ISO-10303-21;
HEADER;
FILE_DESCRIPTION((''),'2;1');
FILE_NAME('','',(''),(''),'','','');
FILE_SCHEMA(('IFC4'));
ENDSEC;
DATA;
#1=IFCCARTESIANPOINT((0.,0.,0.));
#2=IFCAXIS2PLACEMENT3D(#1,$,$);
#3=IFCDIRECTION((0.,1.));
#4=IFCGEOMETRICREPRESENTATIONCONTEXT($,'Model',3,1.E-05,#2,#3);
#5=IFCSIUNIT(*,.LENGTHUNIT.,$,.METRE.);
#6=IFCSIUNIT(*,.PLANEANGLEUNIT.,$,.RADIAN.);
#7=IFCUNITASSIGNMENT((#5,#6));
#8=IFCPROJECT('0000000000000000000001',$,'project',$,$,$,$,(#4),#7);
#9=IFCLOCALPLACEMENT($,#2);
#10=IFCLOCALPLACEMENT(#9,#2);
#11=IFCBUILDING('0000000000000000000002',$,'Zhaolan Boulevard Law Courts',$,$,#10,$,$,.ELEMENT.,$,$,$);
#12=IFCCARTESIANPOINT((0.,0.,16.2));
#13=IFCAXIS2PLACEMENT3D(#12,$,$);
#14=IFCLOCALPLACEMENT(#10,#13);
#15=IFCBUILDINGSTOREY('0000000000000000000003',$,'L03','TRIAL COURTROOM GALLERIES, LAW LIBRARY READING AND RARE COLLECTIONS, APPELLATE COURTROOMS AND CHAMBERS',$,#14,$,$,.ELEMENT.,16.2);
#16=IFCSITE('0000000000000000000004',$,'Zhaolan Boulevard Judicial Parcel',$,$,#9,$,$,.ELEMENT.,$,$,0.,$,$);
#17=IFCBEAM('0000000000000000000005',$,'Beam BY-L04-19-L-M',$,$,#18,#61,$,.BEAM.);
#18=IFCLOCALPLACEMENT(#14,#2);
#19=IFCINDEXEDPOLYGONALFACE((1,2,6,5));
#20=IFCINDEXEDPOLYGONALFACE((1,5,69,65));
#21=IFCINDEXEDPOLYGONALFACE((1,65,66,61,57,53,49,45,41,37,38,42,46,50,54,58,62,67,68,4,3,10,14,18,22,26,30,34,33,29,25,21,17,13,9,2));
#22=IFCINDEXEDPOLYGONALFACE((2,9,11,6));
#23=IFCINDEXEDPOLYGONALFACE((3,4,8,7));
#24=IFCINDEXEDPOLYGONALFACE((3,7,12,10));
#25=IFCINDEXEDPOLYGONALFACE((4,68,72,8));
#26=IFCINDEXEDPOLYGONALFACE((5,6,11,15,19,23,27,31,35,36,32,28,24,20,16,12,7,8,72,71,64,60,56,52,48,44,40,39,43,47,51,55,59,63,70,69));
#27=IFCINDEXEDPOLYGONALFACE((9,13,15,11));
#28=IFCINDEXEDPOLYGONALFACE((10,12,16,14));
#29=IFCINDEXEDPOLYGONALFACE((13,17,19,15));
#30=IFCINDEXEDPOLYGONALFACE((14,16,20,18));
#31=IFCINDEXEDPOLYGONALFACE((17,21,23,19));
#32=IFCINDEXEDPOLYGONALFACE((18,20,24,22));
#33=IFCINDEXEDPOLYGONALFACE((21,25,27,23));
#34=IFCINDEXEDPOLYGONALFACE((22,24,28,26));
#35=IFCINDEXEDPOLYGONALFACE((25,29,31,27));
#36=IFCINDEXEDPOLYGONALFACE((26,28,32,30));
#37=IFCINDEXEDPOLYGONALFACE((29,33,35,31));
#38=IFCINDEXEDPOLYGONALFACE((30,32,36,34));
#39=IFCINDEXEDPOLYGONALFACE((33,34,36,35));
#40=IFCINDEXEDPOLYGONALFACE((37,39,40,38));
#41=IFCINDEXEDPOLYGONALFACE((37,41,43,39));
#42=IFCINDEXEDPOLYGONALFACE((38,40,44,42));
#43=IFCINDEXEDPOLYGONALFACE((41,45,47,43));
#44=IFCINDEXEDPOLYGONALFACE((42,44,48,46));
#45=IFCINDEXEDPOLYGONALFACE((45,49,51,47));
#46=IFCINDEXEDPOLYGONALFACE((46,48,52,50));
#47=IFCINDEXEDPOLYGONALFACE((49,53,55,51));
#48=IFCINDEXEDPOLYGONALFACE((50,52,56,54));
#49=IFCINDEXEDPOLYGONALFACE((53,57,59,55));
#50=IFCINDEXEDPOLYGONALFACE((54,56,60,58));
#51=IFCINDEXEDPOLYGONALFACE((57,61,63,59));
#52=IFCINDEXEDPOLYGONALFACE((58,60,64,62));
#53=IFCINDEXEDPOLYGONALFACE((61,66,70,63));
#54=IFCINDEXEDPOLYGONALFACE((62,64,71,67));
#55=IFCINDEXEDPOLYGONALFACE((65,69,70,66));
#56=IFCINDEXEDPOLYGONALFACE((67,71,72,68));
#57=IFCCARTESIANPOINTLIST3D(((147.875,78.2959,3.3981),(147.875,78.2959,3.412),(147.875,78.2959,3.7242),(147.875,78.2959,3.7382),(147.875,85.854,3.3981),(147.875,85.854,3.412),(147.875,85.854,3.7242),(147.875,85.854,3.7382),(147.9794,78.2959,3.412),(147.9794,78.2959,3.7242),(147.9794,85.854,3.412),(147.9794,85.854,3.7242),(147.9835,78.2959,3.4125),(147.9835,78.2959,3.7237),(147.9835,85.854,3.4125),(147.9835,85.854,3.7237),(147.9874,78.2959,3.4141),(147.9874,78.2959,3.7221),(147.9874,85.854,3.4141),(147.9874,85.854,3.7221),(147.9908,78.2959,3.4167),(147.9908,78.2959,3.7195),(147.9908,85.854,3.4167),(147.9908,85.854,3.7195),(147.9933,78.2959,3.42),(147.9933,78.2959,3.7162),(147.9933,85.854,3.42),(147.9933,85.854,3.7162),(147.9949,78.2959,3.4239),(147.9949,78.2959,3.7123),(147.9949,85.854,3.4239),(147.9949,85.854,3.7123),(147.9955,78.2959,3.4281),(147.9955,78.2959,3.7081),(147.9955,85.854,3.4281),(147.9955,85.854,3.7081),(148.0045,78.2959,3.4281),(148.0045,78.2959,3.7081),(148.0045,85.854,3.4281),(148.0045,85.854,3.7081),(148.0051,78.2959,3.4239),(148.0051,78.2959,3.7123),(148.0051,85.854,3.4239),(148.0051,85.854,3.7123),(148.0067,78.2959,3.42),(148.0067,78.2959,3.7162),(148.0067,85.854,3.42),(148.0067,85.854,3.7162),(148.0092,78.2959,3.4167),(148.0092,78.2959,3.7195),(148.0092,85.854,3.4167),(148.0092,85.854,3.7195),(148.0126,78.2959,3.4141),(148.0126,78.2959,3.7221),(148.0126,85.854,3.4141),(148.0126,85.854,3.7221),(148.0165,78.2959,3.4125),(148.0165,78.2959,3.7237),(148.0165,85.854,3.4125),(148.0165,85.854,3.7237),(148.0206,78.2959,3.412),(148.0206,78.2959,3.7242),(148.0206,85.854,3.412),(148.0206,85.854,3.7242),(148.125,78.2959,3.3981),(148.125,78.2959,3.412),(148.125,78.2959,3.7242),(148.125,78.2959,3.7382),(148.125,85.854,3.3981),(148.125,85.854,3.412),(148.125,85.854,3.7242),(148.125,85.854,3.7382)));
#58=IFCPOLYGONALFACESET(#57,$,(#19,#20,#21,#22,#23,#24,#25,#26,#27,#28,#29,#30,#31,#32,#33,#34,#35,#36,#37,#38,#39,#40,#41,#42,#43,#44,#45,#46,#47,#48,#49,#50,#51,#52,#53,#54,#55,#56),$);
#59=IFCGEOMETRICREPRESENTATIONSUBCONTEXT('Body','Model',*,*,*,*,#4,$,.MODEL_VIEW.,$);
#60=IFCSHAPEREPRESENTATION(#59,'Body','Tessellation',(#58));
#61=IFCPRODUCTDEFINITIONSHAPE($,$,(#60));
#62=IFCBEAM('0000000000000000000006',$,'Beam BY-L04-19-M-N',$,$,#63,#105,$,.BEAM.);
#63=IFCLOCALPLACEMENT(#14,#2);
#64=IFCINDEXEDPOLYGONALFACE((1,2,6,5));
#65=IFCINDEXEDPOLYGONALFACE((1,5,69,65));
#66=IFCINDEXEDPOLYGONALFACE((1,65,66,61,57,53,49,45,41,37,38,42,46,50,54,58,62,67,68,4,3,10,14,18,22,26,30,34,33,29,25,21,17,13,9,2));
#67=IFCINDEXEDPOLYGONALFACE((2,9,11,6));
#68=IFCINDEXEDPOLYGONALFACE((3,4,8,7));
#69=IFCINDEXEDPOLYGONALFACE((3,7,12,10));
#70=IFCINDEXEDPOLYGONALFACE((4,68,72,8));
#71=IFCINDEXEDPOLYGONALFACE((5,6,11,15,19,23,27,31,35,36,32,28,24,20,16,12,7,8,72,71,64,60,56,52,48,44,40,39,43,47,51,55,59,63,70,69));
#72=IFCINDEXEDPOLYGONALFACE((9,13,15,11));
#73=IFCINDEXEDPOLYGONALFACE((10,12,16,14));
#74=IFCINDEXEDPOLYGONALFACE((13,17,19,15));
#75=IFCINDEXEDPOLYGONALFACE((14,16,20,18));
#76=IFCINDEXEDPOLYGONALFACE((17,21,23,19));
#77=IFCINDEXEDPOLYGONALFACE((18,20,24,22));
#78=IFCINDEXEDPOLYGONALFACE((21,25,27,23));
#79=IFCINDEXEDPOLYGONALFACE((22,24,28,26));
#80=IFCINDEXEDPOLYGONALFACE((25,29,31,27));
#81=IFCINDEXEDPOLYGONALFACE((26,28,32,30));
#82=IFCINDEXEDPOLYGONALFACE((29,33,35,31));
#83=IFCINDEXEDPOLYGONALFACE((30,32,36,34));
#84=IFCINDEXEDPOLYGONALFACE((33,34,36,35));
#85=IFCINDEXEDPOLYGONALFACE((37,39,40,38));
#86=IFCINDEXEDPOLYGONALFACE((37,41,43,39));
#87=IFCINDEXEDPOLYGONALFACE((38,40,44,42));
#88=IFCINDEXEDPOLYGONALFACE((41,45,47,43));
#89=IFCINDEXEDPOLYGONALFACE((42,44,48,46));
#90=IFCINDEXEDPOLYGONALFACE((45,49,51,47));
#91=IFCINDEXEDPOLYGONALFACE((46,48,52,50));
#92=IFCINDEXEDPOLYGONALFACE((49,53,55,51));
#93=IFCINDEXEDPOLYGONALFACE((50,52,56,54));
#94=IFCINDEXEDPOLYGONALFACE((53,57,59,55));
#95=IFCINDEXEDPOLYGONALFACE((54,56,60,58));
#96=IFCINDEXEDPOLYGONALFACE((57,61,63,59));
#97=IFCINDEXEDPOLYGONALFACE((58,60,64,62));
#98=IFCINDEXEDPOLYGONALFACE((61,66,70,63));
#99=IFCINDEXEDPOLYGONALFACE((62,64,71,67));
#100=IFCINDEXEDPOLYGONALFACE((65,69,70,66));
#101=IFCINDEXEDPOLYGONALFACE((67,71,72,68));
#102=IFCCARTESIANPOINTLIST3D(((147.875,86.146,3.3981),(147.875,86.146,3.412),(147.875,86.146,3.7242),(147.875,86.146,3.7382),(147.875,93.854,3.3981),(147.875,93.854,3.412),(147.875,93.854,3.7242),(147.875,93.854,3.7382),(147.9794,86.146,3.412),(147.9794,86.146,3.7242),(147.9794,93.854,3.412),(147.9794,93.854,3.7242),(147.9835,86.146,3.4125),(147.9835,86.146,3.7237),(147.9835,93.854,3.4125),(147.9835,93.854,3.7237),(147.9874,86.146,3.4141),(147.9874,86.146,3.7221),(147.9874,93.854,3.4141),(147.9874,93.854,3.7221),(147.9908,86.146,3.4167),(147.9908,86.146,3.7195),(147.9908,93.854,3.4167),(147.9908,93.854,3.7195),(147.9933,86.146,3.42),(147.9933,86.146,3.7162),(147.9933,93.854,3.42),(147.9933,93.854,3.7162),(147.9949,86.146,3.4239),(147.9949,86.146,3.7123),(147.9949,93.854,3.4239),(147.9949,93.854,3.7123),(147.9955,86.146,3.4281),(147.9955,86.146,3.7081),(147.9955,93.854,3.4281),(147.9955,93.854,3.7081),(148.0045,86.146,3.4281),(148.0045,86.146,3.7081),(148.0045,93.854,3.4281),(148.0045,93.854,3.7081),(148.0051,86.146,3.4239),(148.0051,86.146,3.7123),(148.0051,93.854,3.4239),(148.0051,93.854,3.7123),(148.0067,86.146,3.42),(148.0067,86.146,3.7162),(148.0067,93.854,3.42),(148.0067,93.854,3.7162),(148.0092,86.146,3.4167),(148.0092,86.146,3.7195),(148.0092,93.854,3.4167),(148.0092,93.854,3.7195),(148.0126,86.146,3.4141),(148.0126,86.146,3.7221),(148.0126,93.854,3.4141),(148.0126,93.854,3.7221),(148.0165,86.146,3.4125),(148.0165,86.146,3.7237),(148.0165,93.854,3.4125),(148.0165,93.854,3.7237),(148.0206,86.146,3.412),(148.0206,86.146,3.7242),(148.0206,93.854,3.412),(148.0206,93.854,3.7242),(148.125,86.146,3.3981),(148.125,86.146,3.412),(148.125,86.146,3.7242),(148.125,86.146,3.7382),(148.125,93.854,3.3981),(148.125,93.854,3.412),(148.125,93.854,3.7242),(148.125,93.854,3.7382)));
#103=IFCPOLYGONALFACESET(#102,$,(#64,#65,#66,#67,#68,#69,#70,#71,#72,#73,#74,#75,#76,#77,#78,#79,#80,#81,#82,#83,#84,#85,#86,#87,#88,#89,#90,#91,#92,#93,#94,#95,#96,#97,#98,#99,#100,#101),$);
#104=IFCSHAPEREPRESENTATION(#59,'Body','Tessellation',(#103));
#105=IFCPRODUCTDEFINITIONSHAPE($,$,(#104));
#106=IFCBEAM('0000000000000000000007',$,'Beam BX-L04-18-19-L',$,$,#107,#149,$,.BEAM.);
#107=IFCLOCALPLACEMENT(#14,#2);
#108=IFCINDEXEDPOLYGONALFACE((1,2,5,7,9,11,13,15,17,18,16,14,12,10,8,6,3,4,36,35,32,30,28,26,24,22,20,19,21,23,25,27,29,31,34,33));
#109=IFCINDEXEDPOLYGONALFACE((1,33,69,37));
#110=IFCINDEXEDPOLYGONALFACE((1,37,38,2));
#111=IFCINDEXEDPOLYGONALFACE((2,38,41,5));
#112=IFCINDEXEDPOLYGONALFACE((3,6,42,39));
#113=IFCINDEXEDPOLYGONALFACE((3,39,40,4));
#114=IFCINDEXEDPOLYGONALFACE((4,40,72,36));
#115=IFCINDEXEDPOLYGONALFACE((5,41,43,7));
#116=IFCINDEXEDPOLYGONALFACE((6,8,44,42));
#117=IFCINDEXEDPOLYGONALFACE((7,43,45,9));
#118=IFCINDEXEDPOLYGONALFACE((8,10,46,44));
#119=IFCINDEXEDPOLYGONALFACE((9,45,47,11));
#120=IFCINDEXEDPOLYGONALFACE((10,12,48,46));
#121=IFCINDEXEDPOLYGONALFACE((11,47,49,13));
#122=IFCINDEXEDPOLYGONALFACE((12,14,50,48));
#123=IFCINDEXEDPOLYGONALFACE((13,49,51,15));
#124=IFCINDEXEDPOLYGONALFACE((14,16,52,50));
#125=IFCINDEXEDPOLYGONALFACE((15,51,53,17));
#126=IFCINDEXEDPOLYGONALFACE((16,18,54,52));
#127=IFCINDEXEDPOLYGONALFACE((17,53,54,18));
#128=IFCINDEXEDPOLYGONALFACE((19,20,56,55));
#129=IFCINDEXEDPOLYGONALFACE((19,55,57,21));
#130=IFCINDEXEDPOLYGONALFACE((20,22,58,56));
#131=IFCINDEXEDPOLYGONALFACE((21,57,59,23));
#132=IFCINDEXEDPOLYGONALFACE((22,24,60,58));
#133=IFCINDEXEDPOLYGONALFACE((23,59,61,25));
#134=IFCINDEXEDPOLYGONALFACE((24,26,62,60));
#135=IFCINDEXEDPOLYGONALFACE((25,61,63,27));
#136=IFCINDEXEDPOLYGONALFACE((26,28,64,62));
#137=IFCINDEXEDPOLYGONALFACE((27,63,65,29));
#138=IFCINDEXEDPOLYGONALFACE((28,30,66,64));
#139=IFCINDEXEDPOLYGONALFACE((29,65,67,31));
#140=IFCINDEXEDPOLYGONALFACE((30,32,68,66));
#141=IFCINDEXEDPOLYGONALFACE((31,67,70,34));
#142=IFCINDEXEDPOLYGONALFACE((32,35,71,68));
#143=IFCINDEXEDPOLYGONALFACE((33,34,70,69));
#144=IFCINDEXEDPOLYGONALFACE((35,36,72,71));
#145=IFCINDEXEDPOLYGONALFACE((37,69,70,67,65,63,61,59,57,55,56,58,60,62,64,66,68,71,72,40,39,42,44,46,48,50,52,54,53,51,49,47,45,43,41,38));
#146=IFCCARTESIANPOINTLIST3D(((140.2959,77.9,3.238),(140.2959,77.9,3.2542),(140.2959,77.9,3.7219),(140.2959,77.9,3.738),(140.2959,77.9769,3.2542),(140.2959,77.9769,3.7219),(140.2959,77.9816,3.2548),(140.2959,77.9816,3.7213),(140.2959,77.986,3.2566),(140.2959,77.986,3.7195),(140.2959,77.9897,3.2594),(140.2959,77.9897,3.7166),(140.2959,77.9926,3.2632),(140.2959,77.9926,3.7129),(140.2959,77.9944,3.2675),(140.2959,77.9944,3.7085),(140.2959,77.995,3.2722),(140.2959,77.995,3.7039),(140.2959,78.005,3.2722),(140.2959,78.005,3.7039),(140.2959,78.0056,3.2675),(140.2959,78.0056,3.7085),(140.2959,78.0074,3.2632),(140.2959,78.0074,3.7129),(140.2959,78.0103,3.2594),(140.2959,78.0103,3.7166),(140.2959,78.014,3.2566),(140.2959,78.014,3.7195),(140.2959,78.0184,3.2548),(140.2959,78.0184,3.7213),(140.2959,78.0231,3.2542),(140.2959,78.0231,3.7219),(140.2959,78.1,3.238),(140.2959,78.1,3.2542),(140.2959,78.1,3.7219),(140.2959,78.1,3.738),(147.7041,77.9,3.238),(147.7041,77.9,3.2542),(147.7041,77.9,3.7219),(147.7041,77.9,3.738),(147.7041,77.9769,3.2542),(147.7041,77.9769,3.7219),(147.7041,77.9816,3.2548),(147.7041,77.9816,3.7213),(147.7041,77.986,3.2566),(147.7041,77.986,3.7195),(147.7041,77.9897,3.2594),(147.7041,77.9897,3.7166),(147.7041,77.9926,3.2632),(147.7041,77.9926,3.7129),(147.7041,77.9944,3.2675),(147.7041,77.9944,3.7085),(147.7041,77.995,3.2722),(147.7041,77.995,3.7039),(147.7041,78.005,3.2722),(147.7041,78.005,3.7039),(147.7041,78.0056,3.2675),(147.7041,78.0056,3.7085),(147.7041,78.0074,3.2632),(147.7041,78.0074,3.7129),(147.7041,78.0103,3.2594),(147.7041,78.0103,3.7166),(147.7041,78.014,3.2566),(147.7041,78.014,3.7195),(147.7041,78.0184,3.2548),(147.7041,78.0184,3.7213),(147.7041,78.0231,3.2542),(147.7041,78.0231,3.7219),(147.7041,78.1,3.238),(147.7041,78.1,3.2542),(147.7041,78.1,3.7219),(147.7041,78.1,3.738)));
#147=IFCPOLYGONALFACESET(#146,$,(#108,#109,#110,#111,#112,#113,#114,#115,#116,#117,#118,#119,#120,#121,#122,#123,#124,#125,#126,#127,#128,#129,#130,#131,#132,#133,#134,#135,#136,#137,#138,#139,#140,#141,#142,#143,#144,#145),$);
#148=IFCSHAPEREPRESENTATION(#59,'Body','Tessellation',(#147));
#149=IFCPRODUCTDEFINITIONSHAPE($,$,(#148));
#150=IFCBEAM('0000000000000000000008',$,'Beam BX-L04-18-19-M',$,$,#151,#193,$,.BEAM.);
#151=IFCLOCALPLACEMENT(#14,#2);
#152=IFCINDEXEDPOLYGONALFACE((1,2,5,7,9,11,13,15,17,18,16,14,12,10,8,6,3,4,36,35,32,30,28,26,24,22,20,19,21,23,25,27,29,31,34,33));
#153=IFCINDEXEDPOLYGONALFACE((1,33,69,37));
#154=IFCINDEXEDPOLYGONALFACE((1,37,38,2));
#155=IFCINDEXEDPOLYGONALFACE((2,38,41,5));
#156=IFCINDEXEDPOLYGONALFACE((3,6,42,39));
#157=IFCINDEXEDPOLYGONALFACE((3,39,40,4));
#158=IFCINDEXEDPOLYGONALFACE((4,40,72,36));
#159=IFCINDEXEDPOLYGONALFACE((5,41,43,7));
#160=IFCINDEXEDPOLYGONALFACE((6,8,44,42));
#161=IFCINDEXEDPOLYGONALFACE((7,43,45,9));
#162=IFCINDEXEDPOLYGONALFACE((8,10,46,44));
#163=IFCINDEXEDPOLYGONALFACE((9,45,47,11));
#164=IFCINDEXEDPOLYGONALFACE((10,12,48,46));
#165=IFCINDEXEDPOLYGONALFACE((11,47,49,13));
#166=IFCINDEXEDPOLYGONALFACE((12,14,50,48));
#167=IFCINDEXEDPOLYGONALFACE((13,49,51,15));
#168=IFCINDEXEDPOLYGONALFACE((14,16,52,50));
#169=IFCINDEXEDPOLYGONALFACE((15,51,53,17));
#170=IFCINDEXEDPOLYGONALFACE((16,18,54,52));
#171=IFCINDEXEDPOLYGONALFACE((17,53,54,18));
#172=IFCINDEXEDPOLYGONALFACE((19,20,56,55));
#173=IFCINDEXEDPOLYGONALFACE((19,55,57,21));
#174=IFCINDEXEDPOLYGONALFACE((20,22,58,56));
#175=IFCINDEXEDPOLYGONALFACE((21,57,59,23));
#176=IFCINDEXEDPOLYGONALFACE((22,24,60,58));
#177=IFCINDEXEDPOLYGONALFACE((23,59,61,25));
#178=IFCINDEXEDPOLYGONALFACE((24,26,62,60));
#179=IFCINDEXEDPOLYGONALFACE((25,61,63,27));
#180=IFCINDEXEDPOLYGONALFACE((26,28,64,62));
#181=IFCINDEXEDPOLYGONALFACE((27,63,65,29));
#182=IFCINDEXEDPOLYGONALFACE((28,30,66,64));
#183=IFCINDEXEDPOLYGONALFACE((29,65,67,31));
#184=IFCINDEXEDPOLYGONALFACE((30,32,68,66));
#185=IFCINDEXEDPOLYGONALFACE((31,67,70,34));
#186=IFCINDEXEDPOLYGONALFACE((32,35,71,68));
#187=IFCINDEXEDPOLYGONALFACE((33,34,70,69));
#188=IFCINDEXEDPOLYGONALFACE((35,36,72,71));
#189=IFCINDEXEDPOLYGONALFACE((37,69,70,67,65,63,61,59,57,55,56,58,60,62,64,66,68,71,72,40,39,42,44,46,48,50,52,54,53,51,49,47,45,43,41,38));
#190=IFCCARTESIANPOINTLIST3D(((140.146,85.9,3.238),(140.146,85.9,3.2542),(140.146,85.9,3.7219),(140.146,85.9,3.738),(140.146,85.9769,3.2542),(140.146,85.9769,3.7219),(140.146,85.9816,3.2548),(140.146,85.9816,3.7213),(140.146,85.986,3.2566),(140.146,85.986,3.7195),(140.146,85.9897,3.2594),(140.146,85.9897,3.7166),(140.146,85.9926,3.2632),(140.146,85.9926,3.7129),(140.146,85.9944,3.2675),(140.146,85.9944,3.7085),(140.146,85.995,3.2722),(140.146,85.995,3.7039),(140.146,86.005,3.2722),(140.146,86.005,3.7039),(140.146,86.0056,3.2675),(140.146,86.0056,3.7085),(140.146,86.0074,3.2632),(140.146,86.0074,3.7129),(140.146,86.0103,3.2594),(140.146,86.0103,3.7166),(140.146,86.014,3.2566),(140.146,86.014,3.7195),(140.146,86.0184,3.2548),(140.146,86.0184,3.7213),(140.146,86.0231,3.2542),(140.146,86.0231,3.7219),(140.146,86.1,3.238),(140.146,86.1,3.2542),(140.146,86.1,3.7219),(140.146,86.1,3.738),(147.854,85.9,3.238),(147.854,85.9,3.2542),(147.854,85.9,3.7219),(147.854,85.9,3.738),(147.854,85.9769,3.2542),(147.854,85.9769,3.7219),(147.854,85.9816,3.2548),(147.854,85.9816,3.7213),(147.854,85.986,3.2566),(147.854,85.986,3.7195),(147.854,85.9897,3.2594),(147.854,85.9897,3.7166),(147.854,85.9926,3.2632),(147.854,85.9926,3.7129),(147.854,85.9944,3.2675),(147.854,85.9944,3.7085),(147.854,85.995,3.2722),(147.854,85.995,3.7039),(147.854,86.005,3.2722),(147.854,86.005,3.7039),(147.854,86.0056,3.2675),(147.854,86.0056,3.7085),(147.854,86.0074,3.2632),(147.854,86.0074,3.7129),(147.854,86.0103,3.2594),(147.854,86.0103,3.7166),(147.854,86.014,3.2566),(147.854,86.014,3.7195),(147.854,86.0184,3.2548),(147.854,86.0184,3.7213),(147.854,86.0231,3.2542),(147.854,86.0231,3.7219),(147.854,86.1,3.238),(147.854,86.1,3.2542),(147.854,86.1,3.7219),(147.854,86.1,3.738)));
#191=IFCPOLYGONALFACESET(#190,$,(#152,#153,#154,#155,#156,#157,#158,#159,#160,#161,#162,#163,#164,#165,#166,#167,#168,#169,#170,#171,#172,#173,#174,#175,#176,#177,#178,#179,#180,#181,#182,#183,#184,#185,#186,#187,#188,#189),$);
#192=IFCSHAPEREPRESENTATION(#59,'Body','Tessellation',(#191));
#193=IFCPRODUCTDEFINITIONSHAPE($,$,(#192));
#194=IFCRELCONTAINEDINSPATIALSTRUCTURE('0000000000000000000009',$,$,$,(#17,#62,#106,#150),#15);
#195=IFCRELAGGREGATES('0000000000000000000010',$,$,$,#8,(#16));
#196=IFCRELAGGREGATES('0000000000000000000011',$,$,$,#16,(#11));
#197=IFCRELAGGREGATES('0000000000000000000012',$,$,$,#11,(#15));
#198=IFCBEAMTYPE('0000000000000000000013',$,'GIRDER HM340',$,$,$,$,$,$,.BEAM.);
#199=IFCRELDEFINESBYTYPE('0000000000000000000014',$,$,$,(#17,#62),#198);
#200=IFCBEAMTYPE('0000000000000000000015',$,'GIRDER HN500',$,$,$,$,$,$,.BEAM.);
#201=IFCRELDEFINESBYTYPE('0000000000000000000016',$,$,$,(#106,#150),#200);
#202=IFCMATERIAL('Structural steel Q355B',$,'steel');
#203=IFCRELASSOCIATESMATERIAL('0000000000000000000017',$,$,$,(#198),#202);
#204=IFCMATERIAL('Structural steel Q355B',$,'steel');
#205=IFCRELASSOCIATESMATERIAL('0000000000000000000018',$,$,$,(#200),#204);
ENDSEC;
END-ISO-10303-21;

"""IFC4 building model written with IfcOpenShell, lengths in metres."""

from ifc_helpers import new_model, si_unit, direction, frame, origin, origin_2d, place, context, subcontext, project, spatial, i_section, extrude, material, material_profile, profile_set, type_object, element, save


model = new_model("IFC4")

# Units and contexts
model_context = context("Model", 3, precision=1e-05, world=origin(), true_north=direction((0.0, 1.0)))
body_context = subcontext(model_context, "Body", "Model", "MODEL_VIEW")
ifc_project = project(units=[si_unit("LENGTHUNIT", "METRE"), si_unit("PLANEANGLEUNIT", "RADIAN")], contexts=[model_context])

# Site, building, storey
site_placement = place(None, origin())
site = spatial("IfcSite", under=ifc_project, at=site_placement, Name="Zhaolan Boulevard Judicial Parcel", CompositionType="ELEMENT", RefElevation=0.0)
building_placement = place(site_placement, origin())
building = spatial("IfcBuilding", under=site, at=building_placement, Name="Zhaolan Boulevard Law Courts", CompositionType="ELEMENT")
storey_placement = place(building_placement, frame((0.0, 0.0, 16.2)))
storey = spatial("IfcBuildingStorey", under=building, at=storey_placement, Name="L03", Description="TRIAL COURTROOM GALLERIES, LAW LIBRARY READING AND RARE COLLECTIONS, APPELLATE COURTROOMS AND CHAMBERS", CompositionType="ELEMENT", Elevation=16.2)

# Beams
ifc_material_1 = material(Name="Structural steel Q355B", Category="steel")
ifc_material_profile_1 = material_profile(ifc_material_1, i_section(OverallWidth=0.25, OverallDepth=0.3401, WebThickness=0.009, FlangeThickness=0.0139, FilletRadius=0.0161, at=origin_2d()), Name="HM340x250")
ifc_profile_set_1 = profile_set([ifc_material_profile_1], Name="Structural steel Q355B")
beam_type_1 = type_object("IfcBeamType", Name="GIRDER HM340", PredefinedType="BEAM", material=ifc_profile_set_1)
beam_1_placement = place(storey_placement, frame((148.0, 78.2959, 3.5681), z_axis=(0.0, 1.0, 0.0), x_axis=(-1.0, 0.0, 0.0)))
element("IfcBeam", 1, at=beam_1_placement, inside=storey, type_object=beam_type_1, Name="Beam BY-L04-19-L-M", PredefinedType="BEAM", context=body_context, shape_type="SweptSolid", body=[
    extrude(i_section(OverallWidth=0.25, OverallDepth=0.3401, WebThickness=0.009, FlangeThickness=0.0139, FilletRadius=0.0161, at=origin_2d()), origin(), (0.0, 0.0, 1.0), 7.5581),
])
beam_2_placement = place(storey_placement, frame((148.0, 86.146, 3.5681), z_axis=(0.0, 1.0, 0.0), x_axis=(-1.0, 0.0, 0.0)))
element("IfcBeam", 2, at=beam_2_placement, inside=storey, type_object=beam_type_1, Name="Beam BY-L04-19-M-N", PredefinedType="BEAM", context=body_context, shape_type="SweptSolid", body=[
    extrude(i_section(OverallWidth=0.25, OverallDepth=0.3401, WebThickness=0.009, FlangeThickness=0.0139, FilletRadius=0.0161, at=origin_2d()), origin(), (0.0, 0.0, 1.0), 7.708),
])
ifc_material_2 = material(Name="Structural steel Q355B", Category="steel")
ifc_material_profile_2 = material_profile(ifc_material_2, i_section(OverallWidth=0.2, OverallDepth=0.5, WebThickness=0.01, FlangeThickness=0.0161, FilletRadius=0.0181, at=origin_2d()), Name="HN500x200")
ifc_profile_set_2 = profile_set([ifc_material_profile_2], Name="Structural steel Q355B")
beam_type_2 = type_object("IfcBeamType", Name="GIRDER HN500", PredefinedType="BEAM", material=ifc_profile_set_2)
beam_3_placement = place(storey_placement, frame((140.2959, 78.0, 3.488), z_axis=(1.0, 0.0, 0.0), x_axis=(0.0, 1.0, 0.0)))
element("IfcBeam", 3, at=beam_3_placement, inside=storey, type_object=beam_type_2, Name="Beam BX-L04-18-19-L", PredefinedType="BEAM", context=body_context, shape_type="SweptSolid", body=[
    extrude(i_section(OverallWidth=0.2, OverallDepth=0.5, WebThickness=0.01, FlangeThickness=0.0161, FilletRadius=0.0181, at=origin_2d()), origin(), (0.0, 0.0, 1.0), 7.4082),
])
beam_4_placement = place(storey_placement, frame((140.146, 86.0, 3.488), z_axis=(1.0, 0.0, 0.0), x_axis=(0.0, 1.0, 0.0)))
element("IfcBeam", 4, at=beam_4_placement, inside=storey, type_object=beam_type_2, Name="Beam BX-L04-18-19-M", PredefinedType="BEAM", context=body_context, shape_type="SweptSolid", body=[
    extrude(i_section(OverallWidth=0.2, OverallDepth=0.5, WebThickness=0.01, FlangeThickness=0.0161, FilletRadius=0.0181, at=origin_2d()), origin(), (0.0, 0.0, 1.0), 7.708),
])

save(model, "model.ifc")
